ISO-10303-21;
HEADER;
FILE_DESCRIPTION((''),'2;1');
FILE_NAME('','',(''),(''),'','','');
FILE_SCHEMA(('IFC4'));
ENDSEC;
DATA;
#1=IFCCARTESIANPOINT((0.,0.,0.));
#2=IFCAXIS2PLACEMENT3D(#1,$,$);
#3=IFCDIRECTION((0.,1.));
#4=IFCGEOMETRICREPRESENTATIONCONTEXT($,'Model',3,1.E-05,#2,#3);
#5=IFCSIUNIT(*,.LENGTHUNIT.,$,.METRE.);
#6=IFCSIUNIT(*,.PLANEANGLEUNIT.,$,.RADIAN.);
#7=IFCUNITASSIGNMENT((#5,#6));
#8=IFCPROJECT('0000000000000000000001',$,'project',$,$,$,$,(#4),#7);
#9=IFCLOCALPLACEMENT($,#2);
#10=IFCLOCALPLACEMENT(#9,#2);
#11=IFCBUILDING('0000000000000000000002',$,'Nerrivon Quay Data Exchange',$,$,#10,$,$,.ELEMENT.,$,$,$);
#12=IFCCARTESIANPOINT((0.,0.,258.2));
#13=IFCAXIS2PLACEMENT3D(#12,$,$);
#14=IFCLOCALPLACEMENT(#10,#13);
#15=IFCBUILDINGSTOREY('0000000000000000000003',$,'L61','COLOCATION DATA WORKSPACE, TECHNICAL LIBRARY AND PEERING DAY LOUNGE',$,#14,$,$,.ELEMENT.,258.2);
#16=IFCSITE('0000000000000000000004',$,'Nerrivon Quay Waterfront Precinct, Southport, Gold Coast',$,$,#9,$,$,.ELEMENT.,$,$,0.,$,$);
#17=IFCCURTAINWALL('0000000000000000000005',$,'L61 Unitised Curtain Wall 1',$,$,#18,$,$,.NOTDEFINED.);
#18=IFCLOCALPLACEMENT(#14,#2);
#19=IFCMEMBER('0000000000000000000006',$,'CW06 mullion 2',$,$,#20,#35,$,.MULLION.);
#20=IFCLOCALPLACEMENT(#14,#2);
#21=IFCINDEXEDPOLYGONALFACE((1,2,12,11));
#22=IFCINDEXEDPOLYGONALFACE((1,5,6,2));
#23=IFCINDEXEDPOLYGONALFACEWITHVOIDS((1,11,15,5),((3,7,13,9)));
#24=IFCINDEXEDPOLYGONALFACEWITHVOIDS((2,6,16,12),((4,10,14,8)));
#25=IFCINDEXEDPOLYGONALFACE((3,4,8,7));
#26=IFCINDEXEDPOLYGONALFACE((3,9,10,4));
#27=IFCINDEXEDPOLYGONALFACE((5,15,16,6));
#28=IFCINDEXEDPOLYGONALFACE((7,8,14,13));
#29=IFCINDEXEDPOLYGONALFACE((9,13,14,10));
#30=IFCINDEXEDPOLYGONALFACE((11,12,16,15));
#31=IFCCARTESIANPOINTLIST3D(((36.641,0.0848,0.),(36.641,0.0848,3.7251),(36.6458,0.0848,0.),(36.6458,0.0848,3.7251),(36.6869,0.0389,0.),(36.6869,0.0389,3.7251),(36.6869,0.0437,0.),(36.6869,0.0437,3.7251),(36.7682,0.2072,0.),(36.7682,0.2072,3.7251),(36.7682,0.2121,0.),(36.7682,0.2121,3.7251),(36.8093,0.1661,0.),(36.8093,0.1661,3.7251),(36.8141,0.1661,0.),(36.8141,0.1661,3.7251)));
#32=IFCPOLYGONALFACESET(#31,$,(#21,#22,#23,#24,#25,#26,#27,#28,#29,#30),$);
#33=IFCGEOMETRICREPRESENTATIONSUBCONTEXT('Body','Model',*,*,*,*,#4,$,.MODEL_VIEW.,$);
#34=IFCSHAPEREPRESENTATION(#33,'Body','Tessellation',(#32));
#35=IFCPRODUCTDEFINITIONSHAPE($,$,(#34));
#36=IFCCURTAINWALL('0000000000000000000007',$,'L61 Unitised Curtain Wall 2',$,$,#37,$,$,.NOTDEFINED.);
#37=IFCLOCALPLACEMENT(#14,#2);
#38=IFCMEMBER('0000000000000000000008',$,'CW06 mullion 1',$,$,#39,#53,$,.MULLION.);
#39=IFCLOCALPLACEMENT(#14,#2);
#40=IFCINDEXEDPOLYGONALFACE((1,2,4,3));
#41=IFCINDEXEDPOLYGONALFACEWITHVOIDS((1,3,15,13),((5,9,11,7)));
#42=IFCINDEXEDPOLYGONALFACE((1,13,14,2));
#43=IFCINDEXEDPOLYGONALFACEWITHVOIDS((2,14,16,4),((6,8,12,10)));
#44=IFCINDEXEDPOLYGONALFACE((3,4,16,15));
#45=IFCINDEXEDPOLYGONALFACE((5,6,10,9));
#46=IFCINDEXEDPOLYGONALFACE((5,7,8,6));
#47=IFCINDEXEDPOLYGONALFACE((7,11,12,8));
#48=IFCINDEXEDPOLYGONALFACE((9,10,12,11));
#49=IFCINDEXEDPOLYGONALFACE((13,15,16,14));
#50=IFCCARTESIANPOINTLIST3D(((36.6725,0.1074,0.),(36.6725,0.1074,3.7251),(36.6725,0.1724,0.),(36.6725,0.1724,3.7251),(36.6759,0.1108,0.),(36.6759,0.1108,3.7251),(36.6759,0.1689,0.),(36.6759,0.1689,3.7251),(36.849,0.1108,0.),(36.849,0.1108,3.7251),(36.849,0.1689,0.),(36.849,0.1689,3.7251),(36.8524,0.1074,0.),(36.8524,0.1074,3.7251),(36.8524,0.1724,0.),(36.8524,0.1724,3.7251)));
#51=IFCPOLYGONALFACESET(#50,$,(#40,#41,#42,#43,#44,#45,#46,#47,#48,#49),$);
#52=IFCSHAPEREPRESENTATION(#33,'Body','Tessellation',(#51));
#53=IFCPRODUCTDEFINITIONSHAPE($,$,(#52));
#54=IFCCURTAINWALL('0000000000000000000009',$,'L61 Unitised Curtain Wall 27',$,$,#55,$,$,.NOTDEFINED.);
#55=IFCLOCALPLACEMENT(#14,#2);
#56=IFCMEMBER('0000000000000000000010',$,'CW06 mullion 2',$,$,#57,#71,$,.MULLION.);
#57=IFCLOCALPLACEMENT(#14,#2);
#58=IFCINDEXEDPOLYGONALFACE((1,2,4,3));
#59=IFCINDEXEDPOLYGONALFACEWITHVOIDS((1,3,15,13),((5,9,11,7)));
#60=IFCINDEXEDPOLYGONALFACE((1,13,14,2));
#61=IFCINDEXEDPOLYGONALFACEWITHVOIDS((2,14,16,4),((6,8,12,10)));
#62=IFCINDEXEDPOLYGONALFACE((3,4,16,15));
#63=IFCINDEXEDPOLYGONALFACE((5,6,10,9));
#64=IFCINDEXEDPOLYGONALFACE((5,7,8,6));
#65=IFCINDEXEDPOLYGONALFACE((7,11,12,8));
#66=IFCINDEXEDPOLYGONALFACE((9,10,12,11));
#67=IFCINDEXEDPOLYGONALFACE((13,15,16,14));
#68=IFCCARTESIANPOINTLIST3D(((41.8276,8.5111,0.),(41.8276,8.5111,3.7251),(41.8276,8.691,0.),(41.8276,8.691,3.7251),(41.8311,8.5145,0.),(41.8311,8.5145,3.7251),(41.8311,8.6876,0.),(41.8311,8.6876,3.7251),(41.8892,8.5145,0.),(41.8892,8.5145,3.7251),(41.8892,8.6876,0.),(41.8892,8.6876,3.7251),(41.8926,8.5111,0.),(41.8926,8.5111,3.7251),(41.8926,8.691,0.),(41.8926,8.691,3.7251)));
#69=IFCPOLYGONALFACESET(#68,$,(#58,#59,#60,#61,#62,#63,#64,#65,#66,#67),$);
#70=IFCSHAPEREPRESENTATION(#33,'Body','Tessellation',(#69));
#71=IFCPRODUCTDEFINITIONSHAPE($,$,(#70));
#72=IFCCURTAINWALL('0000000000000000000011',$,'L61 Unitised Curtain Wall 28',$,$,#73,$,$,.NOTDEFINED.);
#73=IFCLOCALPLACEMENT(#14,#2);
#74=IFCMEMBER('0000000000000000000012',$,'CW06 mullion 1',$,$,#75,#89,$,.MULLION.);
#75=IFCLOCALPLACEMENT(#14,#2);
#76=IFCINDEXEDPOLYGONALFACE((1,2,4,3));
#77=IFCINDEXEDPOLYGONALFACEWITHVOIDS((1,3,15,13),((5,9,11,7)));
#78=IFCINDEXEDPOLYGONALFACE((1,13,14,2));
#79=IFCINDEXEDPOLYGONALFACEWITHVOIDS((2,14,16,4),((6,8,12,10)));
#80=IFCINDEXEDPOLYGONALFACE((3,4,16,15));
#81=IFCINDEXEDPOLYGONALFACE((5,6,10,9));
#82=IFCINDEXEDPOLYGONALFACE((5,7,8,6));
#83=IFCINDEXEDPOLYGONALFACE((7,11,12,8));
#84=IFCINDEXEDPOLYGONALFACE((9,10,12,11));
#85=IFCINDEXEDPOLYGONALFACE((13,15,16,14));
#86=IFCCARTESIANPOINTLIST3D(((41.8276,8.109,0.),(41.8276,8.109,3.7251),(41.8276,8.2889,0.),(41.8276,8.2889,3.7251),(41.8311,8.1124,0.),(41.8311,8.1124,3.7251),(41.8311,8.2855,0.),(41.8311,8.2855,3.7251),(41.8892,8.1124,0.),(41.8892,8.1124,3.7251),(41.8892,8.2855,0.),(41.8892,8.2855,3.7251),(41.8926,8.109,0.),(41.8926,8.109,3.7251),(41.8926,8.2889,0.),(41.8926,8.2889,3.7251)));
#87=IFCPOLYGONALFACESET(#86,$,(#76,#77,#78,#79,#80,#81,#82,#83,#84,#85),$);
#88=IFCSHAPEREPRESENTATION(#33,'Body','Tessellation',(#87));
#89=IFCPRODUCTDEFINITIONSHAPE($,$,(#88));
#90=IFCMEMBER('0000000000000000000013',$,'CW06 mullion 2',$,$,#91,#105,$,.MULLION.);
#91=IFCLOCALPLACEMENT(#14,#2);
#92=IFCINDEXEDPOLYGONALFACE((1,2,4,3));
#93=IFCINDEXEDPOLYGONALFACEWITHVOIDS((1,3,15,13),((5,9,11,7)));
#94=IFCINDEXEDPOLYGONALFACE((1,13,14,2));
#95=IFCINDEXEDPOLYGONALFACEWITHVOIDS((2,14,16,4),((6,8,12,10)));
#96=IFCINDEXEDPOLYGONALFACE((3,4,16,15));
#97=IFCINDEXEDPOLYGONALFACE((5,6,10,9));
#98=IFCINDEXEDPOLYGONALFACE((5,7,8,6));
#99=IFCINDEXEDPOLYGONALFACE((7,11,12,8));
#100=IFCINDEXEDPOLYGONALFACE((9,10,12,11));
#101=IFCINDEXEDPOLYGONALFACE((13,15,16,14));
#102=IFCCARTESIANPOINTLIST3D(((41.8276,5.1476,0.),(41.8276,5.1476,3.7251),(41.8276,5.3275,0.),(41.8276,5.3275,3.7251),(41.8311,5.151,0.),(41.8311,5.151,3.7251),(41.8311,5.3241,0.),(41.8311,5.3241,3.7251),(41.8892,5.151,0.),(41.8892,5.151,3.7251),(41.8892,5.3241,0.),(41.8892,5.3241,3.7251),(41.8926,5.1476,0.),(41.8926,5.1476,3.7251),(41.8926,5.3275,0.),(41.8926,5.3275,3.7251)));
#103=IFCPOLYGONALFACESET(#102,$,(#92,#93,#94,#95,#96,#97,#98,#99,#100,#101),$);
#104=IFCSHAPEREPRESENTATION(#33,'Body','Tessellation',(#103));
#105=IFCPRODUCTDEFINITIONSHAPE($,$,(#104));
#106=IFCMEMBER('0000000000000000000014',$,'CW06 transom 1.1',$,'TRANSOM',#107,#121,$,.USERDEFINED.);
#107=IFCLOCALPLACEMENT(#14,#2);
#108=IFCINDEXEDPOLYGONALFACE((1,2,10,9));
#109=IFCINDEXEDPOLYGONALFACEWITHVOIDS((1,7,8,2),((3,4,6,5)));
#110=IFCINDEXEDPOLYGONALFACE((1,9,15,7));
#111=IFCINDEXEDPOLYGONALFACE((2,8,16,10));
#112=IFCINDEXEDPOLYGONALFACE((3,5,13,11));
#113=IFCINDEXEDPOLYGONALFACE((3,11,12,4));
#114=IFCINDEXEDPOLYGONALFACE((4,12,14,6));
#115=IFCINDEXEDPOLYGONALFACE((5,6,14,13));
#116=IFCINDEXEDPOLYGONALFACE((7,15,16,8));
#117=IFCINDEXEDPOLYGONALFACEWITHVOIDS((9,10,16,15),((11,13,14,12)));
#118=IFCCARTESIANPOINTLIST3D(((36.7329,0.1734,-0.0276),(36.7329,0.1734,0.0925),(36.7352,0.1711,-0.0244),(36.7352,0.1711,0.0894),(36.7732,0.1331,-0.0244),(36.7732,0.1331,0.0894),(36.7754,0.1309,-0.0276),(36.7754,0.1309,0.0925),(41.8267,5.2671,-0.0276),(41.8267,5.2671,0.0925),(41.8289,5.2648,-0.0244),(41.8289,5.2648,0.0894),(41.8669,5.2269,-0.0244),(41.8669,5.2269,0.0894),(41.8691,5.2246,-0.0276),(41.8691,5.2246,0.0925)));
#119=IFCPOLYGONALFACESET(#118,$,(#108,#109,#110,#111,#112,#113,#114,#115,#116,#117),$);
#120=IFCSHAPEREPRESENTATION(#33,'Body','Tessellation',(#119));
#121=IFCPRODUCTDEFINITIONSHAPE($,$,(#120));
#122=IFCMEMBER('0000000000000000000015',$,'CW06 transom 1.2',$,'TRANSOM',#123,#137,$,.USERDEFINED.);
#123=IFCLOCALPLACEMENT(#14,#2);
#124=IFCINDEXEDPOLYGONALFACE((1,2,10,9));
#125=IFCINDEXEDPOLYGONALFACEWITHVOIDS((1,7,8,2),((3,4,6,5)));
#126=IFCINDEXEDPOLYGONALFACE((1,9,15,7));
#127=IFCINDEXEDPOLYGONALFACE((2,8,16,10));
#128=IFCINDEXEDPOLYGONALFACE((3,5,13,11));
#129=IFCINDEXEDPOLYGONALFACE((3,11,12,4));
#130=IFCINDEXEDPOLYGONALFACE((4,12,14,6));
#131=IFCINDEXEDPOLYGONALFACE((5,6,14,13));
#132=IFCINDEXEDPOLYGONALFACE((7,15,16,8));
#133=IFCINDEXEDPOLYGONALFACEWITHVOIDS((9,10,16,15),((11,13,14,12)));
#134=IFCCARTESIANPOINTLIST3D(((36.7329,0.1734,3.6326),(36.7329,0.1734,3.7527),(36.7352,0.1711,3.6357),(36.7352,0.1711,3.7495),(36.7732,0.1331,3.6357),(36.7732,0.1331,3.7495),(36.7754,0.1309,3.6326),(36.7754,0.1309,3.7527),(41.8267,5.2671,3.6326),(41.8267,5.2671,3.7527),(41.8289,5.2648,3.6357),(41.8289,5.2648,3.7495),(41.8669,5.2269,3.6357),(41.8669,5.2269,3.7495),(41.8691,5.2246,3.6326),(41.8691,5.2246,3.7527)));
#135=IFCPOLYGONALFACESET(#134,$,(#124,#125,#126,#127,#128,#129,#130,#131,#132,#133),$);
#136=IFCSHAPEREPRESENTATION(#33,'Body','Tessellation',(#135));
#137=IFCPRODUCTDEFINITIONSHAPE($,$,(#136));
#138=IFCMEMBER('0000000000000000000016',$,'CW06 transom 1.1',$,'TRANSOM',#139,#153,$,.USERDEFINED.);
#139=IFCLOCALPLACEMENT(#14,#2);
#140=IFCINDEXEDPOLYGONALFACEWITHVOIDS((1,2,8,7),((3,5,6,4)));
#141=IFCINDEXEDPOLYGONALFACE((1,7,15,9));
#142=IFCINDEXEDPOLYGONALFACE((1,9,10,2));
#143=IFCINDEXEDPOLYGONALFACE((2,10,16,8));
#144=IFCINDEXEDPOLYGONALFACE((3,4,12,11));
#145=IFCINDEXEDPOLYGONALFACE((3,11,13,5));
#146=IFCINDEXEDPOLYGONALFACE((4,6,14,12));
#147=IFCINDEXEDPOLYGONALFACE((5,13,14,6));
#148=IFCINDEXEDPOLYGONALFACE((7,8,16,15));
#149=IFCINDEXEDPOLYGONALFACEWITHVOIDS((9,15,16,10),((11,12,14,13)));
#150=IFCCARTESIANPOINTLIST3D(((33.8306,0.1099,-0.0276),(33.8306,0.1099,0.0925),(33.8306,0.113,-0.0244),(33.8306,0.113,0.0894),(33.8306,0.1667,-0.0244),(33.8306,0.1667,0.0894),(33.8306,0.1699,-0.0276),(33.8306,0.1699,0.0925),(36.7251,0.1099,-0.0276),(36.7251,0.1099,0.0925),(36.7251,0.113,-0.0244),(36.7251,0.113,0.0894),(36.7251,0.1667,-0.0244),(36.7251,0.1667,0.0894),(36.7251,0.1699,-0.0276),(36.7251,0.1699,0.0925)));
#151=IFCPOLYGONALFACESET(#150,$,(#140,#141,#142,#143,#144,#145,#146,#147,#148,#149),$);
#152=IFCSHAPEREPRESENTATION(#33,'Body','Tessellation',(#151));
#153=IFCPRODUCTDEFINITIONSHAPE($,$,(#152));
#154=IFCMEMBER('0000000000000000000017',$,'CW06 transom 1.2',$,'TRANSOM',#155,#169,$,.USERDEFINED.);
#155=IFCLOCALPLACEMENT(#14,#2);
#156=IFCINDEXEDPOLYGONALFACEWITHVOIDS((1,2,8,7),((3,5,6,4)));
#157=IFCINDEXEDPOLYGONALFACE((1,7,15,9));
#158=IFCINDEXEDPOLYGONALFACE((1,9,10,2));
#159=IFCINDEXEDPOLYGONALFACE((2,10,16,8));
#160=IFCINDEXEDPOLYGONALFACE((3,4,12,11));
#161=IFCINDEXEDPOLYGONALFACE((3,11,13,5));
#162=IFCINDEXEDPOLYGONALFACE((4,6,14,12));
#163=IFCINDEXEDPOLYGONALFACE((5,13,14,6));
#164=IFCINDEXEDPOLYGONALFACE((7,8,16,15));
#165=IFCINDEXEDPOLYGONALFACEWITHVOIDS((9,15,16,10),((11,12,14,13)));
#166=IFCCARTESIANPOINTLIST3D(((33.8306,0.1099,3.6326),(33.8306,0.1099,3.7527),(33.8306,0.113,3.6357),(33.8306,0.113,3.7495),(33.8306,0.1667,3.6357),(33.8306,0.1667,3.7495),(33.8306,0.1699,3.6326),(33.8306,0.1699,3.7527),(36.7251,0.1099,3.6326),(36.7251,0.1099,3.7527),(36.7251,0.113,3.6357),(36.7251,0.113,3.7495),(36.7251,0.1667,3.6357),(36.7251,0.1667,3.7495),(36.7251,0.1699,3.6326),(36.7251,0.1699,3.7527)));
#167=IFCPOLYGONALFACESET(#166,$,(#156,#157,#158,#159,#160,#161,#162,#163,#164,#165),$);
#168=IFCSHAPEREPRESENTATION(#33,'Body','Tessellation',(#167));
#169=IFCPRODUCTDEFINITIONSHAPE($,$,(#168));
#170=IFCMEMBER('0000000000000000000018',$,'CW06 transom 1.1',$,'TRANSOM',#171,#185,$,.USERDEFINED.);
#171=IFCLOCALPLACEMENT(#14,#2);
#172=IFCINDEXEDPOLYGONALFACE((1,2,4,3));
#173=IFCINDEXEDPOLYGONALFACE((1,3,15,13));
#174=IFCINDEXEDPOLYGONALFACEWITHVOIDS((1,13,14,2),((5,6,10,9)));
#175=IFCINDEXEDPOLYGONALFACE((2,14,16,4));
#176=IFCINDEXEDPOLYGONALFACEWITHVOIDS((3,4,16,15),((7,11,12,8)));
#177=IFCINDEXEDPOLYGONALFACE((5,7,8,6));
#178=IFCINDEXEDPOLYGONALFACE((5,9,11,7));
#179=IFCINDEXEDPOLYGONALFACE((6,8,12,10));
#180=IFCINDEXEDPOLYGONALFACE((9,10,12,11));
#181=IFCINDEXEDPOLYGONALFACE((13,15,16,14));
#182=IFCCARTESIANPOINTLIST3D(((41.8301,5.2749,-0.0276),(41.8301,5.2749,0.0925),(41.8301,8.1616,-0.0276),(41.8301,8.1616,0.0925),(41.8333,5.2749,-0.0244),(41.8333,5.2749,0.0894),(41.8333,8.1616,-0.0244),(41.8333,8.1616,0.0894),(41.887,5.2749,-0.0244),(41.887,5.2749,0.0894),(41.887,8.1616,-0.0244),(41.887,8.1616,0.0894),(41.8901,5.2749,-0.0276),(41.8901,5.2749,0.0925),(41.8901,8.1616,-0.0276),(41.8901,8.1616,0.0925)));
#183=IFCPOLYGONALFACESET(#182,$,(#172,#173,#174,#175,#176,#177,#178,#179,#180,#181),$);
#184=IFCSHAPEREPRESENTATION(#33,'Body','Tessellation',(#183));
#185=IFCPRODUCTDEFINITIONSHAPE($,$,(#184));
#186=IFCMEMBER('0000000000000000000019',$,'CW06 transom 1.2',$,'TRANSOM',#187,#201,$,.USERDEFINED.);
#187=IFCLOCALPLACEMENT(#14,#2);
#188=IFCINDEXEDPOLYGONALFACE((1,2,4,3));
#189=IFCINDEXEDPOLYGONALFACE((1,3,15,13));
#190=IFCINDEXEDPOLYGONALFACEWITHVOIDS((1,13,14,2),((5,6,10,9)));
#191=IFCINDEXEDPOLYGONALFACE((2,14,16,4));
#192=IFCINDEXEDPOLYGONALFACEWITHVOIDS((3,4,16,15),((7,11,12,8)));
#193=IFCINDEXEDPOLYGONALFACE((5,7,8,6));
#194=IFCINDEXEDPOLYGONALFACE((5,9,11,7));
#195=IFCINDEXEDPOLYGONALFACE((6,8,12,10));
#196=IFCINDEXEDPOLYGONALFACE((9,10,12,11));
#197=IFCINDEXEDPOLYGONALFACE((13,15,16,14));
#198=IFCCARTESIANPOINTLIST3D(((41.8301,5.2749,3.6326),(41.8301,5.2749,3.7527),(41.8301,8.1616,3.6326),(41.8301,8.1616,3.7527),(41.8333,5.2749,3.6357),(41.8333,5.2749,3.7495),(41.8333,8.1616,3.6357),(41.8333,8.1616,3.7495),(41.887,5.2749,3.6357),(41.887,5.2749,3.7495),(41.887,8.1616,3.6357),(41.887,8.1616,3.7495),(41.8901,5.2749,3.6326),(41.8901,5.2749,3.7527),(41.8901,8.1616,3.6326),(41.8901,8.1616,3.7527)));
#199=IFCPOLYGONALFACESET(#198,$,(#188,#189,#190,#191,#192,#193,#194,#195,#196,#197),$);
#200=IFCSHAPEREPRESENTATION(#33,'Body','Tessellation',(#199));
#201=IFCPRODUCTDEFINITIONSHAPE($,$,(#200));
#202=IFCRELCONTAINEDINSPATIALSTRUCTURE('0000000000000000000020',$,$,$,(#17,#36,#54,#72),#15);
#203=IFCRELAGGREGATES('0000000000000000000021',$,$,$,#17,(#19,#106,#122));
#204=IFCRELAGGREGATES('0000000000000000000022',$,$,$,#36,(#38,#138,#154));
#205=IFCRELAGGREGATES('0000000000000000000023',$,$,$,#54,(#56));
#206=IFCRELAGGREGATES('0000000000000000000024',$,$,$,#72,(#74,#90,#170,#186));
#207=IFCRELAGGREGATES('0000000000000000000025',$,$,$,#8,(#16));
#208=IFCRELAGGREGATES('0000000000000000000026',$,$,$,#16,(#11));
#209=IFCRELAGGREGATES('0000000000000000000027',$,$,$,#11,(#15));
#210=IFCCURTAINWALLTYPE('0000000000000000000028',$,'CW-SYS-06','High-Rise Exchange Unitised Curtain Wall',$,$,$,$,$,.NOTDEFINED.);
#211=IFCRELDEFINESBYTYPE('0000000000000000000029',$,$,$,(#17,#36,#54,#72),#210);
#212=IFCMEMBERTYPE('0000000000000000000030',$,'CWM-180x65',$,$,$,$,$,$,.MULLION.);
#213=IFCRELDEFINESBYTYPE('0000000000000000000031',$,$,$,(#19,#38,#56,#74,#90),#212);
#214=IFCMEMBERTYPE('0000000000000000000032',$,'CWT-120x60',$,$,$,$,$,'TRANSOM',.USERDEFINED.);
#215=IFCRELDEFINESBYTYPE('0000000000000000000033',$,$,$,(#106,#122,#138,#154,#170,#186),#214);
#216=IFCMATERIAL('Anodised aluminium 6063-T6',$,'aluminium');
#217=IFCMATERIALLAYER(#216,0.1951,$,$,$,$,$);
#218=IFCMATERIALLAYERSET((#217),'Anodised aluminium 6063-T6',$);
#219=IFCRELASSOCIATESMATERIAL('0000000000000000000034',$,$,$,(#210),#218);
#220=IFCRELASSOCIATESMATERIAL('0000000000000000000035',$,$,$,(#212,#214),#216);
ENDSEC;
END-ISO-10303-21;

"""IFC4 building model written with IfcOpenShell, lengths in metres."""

from ifc_helpers import new_model, si_unit, direction, frame, origin, origin_2d, place, context, subcontext, project, spatial, hollow_rectangle, extrude, material, layer, layer_set, material_profile, profile_set, type_object, element, aggregate, save


model = new_model("IFC4")

# Units and contexts
model_context = context("Model", 3, precision=1e-05, world=origin(), true_north=direction((0.0, 1.0)))
body_context = subcontext(model_context, "Body", "Model", "MODEL_VIEW")
ifc_project = project(units=[si_unit("LENGTHUNIT", "METRE"), si_unit("PLANEANGLEUNIT", "RADIAN")], contexts=[model_context])

# Site, building, storey
site_placement = place(None, origin())
site = spatial("IfcSite", under=ifc_project, at=site_placement, Name="Nerrivon Quay Waterfront Precinct, Southport, Gold Coast", CompositionType="ELEMENT", RefElevation=0.0)
building_placement = place(site_placement, origin())
building = spatial("IfcBuilding", under=site, at=building_placement, Name="Nerrivon Quay Data Exchange", CompositionType="ELEMENT")
storey_placement = place(building_placement, frame((0.0, 0.0, 258.2)))
storey = spatial("IfcBuildingStorey", under=building, at=storey_placement, Name="L61", Description="COLOCATION DATA WORKSPACE, TECHNICAL LIBRARY AND PEERING DAY LOUNGE", CompositionType="ELEMENT", Elevation=258.2)

# Curtain wall, member
ifc_material_1 = material(Name="Anodised aluminium 6063-T6", Category="aluminium")
ifc_layer_1 = layer(ifc_material_1, 0.1951)
ifc_layer_set_1 = layer_set([ifc_layer_1], Name="Anodised aluminium 6063-T6")
curtain_wall_type = type_object("IfcCurtainWallType", Name="CW-SYS-06", Description="High-Rise Exchange Unitised Curtain Wall", PredefinedType="NOTDEFINED", material=ifc_layer_set_1)
curtain_wall_1_placement = place(storey_placement, origin())
curtain_wall_1 = element("IfcCurtainWall", 1, at=curtain_wall_1_placement, inside=storey, type_object=curtain_wall_type, Name="L61 Unitised Curtain Wall 1", PredefinedType="NOTDEFINED")
ifc_material_profile_1 = material_profile(ifc_material_1, hollow_rectangle(XDim=0.0649, YDim=0.1799, WallThickness=0.0034, at=origin_2d()), Name="ALU-MULL-180x65")
ifc_profile_set_1 = profile_set([ifc_material_profile_1], Name="Anodised aluminium 6063-T6")
member_type_1 = type_object("IfcMemberType", Name="CWM-180x65", PredefinedType="MULLION", material=ifc_profile_set_1)
member_1_placement = place(storey_placement, frame((36.7275, 0.1255, 0.0), z_axis=(0.0, 0.0, 1.0), x_axis=(0.707107, -0.707107, 0.0)))
member_1 = element("IfcMember", 2, at=member_1_placement, type_object=member_type_1, Name="CW06 mullion 2", PredefinedType="MULLION", context=body_context, shape_type="SweptSolid", body=[
    extrude(hollow_rectangle(XDim=0.0649, YDim=0.1799, WallThickness=0.0034, at=origin_2d()), origin(), (0.0, 0.0, 1.0), 3.7251),
])

# Curtain walls, members
curtain_wall_2_placement = place(storey_placement, origin())
curtain_wall_2 = element("IfcCurtainWall", 3, at=curtain_wall_2_placement, inside=storey, type_object=curtain_wall_type, Name="L61 Unitised Curtain Wall 2", PredefinedType="NOTDEFINED")
member_2_placement = place(storey_placement, frame((36.7625, 0.1399, 0.0), z_axis=(0.0, 0.0, 1.0), x_axis=(0.0, -1.0, 0.0)))
member_2 = element("IfcMember", 4, at=member_2_placement, type_object=member_type_1, Name="CW06 mullion 1", PredefinedType="MULLION", context=body_context, shape_type="SweptSolid", body=[
    extrude(hollow_rectangle(XDim=0.0649, YDim=0.1799, WallThickness=0.0034, at=origin_2d()), origin(), (0.0, 0.0, 1.0), 3.7251),
])
curtain_wall_3_placement = place(storey_placement, origin())
curtain_wall_3 = element("IfcCurtainWall", 5, at=curtain_wall_3_placement, inside=storey, type_object=curtain_wall_type, Name="L61 Unitised Curtain Wall 27", PredefinedType="NOTDEFINED")
member_3_placement = place(storey_placement, frame((41.8601, 8.6011, 0.0), z_axis=(0.0, 0.0, 1.0), x_axis=(1.0, 0.0, 0.0)))
member_3 = element("IfcMember", 6, at=member_3_placement, type_object=member_type_1, Name="CW06 mullion 2", PredefinedType="MULLION", context=body_context, shape_type="SweptSolid", body=[
    extrude(hollow_rectangle(XDim=0.0649, YDim=0.1799, WallThickness=0.0034, at=origin_2d()), origin(), (0.0, 0.0, 1.0), 3.7251),
])

# Curtain wall, members
curtain_wall_4_placement = place(storey_placement, origin())
curtain_wall_4 = element("IfcCurtainWall", 7, at=curtain_wall_4_placement, inside=storey, type_object=curtain_wall_type, Name="L61 Unitised Curtain Wall 28", PredefinedType="NOTDEFINED")
member_4_placement = place(storey_placement, frame((41.8601, 8.199, 0.0), z_axis=(0.0, 0.0, 1.0), x_axis=(1.0, 0.0, 0.0)))
member_4 = element("IfcMember", 8, at=member_4_placement, type_object=member_type_1, Name="CW06 mullion 1", PredefinedType="MULLION", context=body_context, shape_type="SweptSolid", body=[
    extrude(hollow_rectangle(XDim=0.0649, YDim=0.1799, WallThickness=0.0034, at=origin_2d()), origin(), (0.0, 0.0, 1.0), 3.7251),
])
member_5_placement = place(storey_placement, frame((41.8601, 5.2375, 0.0), z_axis=(0.0, 0.0, 1.0), x_axis=(1.0, 0.0, 0.0)))
member_5 = element("IfcMember", 9, at=member_5_placement, type_object=member_type_1, Name="CW06 mullion 2", PredefinedType="MULLION", context=body_context, shape_type="SweptSolid", body=[
    extrude(hollow_rectangle(XDim=0.0649, YDim=0.1799, WallThickness=0.0034, at=origin_2d()), origin(), (0.0, 0.0, 1.0), 3.7251),
])

# Members
ifc_material_profile_2 = material_profile(ifc_material_1, hollow_rectangle(XDim=0.0601, YDim=0.1201, WallThickness=0.0032, at=origin_2d()), Name="ALU-TRAN-120x60")
ifc_profile_set_2 = profile_set([ifc_material_profile_2], Name="Anodised aluminium 6063-T6")
member_type_2 = type_object("IfcMemberType", Name="CWT-120x60", ElementType="TRANSOM", PredefinedType="USERDEFINED", material=ifc_profile_set_2)
member_6_placement = place(storey_placement, frame((41.8479, 5.2458, 0.0325), z_axis=(-0.707107, -0.707107, 0.0), x_axis=(0.707107, -0.707107, 0.0)))
member_6 = element("IfcMember", 10, at=member_6_placement, type_object=member_type_2, Name="CW06 transom 1.1", ObjectType="TRANSOM", PredefinedType="USERDEFINED", context=body_context, shape_type="SweptSolid", body=[
    extrude(hollow_rectangle(XDim=0.0601, YDim=0.1201, WallThickness=0.0032, at=origin_2d()), origin(), (0.0, 0.0, 1.0), 7.2036),
])
member_7_placement = place(storey_placement, frame((41.8479, 5.2458, 3.6926), z_axis=(-0.707107, -0.707107, 0.0), x_axis=(0.707107, -0.707107, 0.0)))
member_7 = element("IfcMember", 11, at=member_7_placement, type_object=member_type_2, Name="CW06 transom 1.2", ObjectType="TRANSOM", PredefinedType="USERDEFINED", context=body_context, shape_type="SweptSolid", body=[
    extrude(hollow_rectangle(XDim=0.0601, YDim=0.1201, WallThickness=0.0032, at=origin_2d()), origin(), (0.0, 0.0, 1.0), 7.2036),
])
member_8_placement = place(storey_placement, frame((36.7251, 0.1399, 0.0325), z_axis=(-1.0, 0.0, 0.0), x_axis=(0.0, -1.0, 0.0)))
member_8 = element("IfcMember", 12, at=member_8_placement, type_object=member_type_2, Name="CW06 transom 1.1", ObjectType="TRANSOM", PredefinedType="USERDEFINED", context=body_context, shape_type="SweptSolid", body=[
    extrude(hollow_rectangle(XDim=0.0601, YDim=0.1201, WallThickness=0.0032, at=origin_2d()), origin(), (0.0, 0.0, 1.0), 2.8945),
])
member_9_placement = place(storey_placement, frame((36.7251, 0.1399, 3.6926), z_axis=(-1.0, 0.0, 0.0), x_axis=(0.0, -1.0, 0.0)))
member_9 = element("IfcMember", 13, at=member_9_placement, type_object=member_type_2, Name="CW06 transom 1.2", ObjectType="TRANSOM", PredefinedType="USERDEFINED", context=body_context, shape_type="SweptSolid", body=[
    extrude(hollow_rectangle(XDim=0.0601, YDim=0.1201, WallThickness=0.0032, at=origin_2d()), origin(), (0.0, 0.0, 1.0), 2.8945),
])
member_10_placement = place(storey_placement, frame((41.8601, 8.1616, 0.0325), z_axis=(0.0, -1.0, 0.0), x_axis=(1.0, 0.0, 0.0)))
member_10 = element("IfcMember", 14, at=member_10_placement, type_object=member_type_2, Name="CW06 transom 1.1", ObjectType="TRANSOM", PredefinedType="USERDEFINED", context=body_context, shape_type="SweptSolid", body=[
    extrude(hollow_rectangle(XDim=0.0601, YDim=0.1201, WallThickness=0.0032, at=origin_2d()), origin(), (0.0, 0.0, 1.0), 2.8867),
])
member_11_placement = place(storey_placement, frame((41.8601, 8.1616, 3.6926), z_axis=(0.0, -1.0, 0.0), x_axis=(1.0, 0.0, 0.0)))
member_11 = element("IfcMember", 15, at=member_11_placement, type_object=member_type_2, Name="CW06 transom 1.2", ObjectType="TRANSOM", PredefinedType="USERDEFINED", context=body_context, shape_type="SweptSolid", body=[
    extrude(hollow_rectangle(XDim=0.0601, YDim=0.1201, WallThickness=0.0032, at=origin_2d()), origin(), (0.0, 0.0, 1.0), 2.8867),
])

aggregate(curtain_wall_1, [member_1, member_6, member_7])
aggregate(curtain_wall_2, [member_2, member_8, member_9])
aggregate(curtain_wall_3, [member_3])
aggregate(curtain_wall_4, [member_4, member_5, member_10, member_11])

save(model, "model.ifc")
